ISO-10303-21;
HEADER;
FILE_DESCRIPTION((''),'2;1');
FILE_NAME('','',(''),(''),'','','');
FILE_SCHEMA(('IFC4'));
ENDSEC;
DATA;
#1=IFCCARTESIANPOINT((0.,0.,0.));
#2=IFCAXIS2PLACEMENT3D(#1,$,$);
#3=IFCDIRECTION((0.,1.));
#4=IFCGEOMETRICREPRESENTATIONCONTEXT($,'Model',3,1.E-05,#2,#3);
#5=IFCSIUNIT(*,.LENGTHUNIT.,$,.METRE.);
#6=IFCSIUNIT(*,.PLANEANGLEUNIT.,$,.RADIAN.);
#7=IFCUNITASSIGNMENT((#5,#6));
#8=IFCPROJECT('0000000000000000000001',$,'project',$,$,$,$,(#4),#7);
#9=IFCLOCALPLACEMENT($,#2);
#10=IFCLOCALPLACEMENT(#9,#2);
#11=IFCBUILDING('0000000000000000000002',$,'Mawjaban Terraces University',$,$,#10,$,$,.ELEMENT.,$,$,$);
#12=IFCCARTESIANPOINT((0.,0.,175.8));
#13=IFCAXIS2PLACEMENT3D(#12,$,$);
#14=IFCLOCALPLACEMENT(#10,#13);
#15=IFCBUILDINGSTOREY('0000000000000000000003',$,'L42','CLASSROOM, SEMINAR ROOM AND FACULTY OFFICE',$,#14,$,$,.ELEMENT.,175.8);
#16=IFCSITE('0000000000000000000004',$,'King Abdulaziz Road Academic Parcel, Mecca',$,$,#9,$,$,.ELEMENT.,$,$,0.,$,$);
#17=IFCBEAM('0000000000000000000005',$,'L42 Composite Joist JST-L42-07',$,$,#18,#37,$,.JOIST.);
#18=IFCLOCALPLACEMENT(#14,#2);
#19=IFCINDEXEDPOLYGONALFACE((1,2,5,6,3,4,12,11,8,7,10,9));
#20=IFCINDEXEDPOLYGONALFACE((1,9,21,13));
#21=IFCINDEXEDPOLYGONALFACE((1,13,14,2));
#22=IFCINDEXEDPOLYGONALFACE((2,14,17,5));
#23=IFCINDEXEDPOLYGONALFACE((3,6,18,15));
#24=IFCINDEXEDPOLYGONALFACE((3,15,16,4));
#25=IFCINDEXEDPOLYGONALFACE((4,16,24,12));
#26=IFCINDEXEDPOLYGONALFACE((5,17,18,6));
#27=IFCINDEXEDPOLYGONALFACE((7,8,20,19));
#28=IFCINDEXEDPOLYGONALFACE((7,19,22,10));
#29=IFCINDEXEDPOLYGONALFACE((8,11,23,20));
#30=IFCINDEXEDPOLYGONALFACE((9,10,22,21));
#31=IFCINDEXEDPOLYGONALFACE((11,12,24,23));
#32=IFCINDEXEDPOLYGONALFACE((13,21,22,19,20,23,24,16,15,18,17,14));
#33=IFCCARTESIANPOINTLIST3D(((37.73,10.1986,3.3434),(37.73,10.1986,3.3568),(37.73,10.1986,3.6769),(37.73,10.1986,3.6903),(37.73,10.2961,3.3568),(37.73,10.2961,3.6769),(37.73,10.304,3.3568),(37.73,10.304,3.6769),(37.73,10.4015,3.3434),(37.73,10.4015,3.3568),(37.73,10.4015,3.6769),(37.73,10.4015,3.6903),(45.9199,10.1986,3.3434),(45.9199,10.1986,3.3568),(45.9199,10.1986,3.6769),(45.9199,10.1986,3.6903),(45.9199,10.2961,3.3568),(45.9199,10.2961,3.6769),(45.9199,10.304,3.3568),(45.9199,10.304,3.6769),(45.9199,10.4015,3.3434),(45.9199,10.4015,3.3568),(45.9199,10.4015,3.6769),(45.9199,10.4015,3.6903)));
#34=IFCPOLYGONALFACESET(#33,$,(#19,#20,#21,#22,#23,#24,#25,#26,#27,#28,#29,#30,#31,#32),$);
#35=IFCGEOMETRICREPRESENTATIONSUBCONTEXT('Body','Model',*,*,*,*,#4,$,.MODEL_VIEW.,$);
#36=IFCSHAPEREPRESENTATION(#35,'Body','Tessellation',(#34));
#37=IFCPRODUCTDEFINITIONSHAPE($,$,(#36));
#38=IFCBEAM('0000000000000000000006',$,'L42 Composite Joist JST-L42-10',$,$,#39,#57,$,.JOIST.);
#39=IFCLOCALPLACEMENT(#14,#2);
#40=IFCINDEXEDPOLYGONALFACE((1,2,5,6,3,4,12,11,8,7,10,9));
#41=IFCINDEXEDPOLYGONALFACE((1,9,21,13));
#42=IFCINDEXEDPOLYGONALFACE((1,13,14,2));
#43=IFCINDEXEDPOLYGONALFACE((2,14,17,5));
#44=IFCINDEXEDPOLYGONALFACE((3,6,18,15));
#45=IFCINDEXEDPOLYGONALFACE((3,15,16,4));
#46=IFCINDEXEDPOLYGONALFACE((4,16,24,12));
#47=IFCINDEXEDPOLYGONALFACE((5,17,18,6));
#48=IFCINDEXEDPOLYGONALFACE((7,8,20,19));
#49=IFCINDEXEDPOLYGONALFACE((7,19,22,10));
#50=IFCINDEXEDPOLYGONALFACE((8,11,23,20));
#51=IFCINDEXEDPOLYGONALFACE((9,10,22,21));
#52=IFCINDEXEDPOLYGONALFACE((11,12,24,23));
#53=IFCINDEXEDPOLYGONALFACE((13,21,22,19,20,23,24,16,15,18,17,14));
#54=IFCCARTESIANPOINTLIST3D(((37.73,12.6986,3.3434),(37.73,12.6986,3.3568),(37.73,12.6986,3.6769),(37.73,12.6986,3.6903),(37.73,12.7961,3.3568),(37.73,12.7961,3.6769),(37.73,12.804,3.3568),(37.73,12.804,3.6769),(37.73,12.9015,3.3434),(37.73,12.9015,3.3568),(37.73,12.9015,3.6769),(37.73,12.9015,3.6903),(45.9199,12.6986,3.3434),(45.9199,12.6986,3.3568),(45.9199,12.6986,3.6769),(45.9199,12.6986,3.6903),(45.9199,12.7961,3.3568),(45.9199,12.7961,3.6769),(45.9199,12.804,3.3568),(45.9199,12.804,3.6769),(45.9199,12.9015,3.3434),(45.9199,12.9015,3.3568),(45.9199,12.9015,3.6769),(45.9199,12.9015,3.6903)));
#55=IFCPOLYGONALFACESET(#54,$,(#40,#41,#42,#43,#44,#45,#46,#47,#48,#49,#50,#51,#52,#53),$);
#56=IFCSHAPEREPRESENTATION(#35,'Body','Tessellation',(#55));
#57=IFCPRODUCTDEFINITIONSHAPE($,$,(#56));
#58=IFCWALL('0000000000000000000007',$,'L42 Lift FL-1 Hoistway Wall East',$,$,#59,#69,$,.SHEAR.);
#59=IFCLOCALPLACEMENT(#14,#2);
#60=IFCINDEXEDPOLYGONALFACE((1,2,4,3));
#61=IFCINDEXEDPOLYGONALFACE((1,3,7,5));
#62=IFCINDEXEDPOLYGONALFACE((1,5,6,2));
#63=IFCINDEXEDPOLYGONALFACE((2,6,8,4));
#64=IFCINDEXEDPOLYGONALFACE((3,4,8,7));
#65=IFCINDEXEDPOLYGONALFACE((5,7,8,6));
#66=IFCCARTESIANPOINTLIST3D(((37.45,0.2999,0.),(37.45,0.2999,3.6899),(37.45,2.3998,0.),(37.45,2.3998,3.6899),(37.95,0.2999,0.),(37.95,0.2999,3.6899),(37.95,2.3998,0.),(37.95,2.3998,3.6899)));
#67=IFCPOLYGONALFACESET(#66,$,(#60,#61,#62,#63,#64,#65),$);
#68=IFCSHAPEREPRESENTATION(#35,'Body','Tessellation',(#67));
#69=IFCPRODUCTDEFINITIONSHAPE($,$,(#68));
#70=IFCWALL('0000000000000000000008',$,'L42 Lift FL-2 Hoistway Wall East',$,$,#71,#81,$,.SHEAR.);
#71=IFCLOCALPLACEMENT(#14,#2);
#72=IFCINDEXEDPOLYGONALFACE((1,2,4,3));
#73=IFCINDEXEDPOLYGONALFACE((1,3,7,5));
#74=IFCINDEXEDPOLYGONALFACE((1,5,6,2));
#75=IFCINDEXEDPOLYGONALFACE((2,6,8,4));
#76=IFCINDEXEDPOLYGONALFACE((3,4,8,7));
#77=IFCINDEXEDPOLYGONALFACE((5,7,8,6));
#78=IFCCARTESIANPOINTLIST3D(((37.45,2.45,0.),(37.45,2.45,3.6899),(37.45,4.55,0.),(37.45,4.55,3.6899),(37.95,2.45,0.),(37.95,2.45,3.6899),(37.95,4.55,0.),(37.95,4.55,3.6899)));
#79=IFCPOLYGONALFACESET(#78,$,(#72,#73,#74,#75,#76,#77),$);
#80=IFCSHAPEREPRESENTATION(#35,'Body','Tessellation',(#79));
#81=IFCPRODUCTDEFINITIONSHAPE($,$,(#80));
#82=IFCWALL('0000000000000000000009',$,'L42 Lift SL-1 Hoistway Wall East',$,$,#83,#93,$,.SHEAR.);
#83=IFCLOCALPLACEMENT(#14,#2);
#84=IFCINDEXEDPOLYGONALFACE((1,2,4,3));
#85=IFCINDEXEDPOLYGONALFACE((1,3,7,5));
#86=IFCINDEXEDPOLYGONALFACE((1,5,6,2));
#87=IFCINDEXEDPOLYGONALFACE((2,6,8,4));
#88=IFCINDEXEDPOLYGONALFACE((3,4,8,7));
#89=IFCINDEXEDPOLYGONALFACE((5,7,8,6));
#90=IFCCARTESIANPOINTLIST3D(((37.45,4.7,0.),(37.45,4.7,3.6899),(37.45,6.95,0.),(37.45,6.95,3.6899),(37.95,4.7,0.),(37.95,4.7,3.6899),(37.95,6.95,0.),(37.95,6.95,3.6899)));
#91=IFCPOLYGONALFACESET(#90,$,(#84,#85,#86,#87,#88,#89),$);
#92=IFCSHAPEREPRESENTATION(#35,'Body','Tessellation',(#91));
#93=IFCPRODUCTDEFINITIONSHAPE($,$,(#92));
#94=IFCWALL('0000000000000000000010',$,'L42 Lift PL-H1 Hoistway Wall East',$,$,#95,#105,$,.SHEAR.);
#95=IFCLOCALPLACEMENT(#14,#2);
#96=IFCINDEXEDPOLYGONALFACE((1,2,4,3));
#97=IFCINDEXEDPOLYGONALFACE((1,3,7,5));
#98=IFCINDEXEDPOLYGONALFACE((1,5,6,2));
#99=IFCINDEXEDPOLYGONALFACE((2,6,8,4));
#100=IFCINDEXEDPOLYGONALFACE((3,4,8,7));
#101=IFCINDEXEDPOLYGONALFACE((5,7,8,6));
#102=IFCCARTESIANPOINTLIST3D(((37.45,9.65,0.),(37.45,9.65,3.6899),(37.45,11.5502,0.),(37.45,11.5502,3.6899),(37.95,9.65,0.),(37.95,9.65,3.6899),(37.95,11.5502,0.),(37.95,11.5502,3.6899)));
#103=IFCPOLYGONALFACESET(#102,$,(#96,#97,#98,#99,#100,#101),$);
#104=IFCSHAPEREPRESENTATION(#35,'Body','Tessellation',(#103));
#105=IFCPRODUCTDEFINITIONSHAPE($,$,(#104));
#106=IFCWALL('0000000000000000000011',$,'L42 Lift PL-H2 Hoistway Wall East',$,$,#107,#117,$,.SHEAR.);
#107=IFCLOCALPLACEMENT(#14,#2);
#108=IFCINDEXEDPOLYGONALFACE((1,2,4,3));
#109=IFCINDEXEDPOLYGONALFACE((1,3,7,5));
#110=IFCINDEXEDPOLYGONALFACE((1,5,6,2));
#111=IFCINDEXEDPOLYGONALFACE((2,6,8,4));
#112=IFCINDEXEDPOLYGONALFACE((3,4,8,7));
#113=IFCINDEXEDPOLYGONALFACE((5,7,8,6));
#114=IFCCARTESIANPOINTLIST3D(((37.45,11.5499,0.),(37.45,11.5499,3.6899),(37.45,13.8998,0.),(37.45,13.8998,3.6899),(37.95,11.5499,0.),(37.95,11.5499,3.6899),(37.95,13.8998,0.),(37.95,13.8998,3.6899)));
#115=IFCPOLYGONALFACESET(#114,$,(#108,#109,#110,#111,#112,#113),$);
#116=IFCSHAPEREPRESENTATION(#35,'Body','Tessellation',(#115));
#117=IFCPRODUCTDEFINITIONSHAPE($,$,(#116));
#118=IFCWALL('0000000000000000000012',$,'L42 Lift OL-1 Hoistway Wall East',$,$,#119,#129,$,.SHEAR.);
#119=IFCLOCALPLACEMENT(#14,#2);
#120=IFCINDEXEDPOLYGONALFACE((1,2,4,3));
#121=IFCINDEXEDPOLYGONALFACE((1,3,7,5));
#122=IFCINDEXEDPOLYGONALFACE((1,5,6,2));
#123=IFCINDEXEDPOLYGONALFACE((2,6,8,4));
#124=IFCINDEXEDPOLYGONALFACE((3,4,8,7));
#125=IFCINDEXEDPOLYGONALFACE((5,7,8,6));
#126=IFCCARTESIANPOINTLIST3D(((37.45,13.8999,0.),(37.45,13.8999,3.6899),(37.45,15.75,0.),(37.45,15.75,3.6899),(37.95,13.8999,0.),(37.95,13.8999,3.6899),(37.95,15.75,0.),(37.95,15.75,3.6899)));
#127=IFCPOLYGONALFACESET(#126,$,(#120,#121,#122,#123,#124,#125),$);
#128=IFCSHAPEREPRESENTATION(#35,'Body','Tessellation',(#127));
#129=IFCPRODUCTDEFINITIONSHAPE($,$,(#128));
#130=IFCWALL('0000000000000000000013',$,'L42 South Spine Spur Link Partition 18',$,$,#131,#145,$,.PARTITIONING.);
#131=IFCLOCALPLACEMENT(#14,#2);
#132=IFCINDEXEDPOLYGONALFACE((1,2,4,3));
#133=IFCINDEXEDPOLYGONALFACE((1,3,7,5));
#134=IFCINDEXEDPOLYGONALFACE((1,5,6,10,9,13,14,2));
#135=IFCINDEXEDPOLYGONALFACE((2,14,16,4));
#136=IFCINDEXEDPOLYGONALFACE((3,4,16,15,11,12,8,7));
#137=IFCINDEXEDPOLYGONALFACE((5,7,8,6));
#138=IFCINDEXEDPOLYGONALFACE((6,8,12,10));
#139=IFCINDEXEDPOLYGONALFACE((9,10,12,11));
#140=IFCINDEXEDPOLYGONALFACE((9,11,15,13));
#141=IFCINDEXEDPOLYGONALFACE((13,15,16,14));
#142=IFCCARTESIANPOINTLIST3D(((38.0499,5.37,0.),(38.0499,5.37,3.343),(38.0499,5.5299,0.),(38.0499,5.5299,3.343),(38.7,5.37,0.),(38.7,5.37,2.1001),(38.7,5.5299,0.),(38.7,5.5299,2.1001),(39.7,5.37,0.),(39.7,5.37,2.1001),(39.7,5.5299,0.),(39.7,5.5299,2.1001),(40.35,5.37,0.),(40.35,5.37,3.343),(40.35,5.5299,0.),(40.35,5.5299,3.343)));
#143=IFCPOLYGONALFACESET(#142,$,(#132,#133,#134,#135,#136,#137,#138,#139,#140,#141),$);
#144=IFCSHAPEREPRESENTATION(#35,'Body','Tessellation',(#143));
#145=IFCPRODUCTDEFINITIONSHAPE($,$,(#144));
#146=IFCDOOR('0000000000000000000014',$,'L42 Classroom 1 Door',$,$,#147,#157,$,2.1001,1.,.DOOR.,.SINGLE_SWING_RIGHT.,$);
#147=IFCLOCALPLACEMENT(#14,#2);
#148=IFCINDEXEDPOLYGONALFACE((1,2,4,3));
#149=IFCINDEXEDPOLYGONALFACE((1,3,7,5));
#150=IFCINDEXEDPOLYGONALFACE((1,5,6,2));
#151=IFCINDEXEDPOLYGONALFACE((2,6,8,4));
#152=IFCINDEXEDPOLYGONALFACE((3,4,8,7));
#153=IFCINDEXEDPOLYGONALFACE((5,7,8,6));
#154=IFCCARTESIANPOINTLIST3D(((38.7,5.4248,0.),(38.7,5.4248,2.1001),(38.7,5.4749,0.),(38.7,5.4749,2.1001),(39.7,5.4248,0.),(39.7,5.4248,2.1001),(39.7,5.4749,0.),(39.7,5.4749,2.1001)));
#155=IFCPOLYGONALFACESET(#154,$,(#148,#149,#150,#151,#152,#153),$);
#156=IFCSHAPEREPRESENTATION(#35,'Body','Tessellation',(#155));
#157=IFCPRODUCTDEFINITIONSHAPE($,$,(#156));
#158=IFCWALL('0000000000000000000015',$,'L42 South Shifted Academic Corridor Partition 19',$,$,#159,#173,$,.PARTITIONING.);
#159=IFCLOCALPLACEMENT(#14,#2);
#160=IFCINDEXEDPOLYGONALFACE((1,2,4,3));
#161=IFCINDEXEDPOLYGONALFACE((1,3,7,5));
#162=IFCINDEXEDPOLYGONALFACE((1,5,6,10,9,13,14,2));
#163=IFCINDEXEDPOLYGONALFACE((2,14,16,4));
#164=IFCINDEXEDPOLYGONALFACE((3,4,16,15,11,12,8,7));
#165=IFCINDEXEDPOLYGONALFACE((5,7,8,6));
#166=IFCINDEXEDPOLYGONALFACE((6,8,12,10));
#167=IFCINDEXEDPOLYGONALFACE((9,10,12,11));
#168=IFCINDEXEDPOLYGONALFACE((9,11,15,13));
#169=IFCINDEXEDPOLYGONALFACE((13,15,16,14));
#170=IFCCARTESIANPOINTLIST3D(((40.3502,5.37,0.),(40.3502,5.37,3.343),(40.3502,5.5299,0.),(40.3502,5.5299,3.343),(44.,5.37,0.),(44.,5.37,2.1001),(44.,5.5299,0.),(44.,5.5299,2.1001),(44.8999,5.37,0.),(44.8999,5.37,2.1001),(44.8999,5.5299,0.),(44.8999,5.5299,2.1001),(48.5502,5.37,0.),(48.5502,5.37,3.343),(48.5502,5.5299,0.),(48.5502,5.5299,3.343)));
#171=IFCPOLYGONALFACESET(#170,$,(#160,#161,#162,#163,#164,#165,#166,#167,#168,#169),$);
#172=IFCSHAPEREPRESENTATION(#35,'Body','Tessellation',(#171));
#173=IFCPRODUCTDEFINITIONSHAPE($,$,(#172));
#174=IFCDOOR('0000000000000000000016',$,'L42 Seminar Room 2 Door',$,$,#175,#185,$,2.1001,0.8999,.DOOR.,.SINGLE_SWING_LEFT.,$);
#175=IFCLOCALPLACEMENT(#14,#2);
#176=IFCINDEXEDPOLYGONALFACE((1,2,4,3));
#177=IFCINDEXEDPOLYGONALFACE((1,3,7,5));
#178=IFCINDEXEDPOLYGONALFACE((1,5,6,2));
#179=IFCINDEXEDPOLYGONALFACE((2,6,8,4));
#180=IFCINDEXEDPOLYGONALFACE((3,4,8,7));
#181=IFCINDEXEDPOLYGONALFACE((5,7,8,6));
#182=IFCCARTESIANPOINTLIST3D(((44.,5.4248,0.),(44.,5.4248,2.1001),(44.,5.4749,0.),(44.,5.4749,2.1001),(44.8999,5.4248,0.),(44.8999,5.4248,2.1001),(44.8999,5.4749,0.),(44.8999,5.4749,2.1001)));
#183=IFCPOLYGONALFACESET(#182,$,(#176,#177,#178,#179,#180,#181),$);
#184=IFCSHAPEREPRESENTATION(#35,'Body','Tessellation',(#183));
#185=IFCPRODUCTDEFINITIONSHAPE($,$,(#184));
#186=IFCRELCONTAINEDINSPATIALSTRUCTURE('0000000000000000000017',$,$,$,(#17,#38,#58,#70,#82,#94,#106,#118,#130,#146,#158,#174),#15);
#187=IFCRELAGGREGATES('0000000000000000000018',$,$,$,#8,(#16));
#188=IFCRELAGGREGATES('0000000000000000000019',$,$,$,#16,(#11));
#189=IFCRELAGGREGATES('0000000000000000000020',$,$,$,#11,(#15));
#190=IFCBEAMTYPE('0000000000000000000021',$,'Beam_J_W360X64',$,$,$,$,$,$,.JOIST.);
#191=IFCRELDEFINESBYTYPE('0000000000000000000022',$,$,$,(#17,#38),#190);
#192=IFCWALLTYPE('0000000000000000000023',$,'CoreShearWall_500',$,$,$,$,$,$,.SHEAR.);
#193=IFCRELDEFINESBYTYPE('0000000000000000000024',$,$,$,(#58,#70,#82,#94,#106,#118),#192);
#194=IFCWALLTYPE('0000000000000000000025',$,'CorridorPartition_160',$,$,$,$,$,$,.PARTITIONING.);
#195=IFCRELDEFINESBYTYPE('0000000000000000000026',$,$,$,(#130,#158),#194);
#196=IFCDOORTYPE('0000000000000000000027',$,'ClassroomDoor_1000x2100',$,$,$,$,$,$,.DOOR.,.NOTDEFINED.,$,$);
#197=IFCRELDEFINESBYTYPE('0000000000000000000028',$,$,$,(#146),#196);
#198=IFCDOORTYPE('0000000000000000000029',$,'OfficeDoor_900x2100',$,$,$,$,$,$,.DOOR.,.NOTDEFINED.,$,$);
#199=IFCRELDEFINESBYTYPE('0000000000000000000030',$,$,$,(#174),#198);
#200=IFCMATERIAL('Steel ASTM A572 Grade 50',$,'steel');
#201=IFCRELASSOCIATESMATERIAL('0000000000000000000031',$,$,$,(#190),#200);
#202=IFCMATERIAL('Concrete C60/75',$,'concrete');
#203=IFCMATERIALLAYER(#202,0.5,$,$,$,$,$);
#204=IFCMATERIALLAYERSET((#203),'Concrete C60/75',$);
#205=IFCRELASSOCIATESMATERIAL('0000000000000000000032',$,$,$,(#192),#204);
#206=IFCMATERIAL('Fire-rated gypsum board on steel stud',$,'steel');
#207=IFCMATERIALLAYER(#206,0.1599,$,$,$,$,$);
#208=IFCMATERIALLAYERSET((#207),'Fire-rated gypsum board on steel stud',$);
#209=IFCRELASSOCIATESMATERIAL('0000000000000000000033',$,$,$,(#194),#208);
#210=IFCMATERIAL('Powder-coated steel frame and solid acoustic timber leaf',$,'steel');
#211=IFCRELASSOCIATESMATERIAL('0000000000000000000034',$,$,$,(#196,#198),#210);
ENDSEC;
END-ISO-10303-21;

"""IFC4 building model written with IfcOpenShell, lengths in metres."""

from ifc_helpers import new_model, si_unit, direction, frame, frame_2d, origin, origin_2d, place, context, subcontext, project, spatial, rectangle, i_section, extrude, material, layer, layer_set, material_profile, profile_set, type_object, element, fill, save


model = new_model("IFC4")

# Units and contexts
model_context = context("Model", 3, precision=1e-05, world=origin(), true_north=direction((0.0, 1.0)))
body_context = subcontext(model_context, "Body", "Model", "MODEL_VIEW")
ifc_project = project(units=[si_unit("LENGTHUNIT", "METRE"), si_unit("PLANEANGLEUNIT", "RADIAN")], contexts=[model_context])

# Site, building, storey
site_placement = place(None, origin())
site = spatial("IfcSite", under=ifc_project, at=site_placement, Name="King Abdulaziz Road Academic Parcel, Mecca", CompositionType="ELEMENT", RefElevation=0.0)
building_placement = place(site_placement, origin())
building = spatial("IfcBuilding", under=site, at=building_placement, Name="Mawjaban Terraces University", CompositionType="ELEMENT")
storey_placement = place(building_placement, frame((0.0, 0.0, 175.8)))
storey = spatial("IfcBuildingStorey", under=building, at=storey_placement, Name="L42", Description="CLASSROOM, SEMINAR ROOM AND FACULTY OFFICE", CompositionType="ELEMENT", Elevation=175.8)

# Shared definitions
ifc_material_1 = material(Name="Concrete C60/75", Category="concrete")

# Beams
ifc_material_2 = material(Name="Steel ASTM A572 Grade 50", Category="steel")
ifc_material_profile_1 = material_profile(ifc_material_2, i_section(OverallWidth=0.2029, OverallDepth=0.3469, WebThickness=0.0078, FlangeThickness=0.0134, at=origin_2d()), Name="W360X64")
ifc_profile_set_1 = profile_set([ifc_material_profile_1], Name="Steel ASTM A572 Grade 50")
beam_type_1 = type_object("IfcBeamType", Name="Beam_J_W360X64", PredefinedType="JOIST", material=ifc_profile_set_1)
for number, where, z_axis, x_axis, name in (
    (1, (37.73, 10.3, 3.5168), (1.0, 0.0, 0.0), (0.0, 1.0, 0.0), "L42 Composite Joist JST-L42-07"),
    (2, (37.73, 12.8, 3.5168), (1.0, 0.0, 0.0), (0.0, 1.0, 0.0), "L42 Composite Joist JST-L42-10"),
):
    element("IfcBeam", number, at=place(storey_placement, frame(where, z_axis=z_axis, x_axis=x_axis)), inside=storey, type_object=beam_type_1, Name=name, PredefinedType="JOIST", context=body_context, shape_type="SweptSolid", body=[
        extrude(i_section(OverallWidth=0.2029, OverallDepth=0.3469, WebThickness=0.0078, FlangeThickness=0.0134, at=origin_2d()), origin(), (0.0, 0.0, 1.0), 8.1899),
    ])

# Walls
ifc_layer_1 = layer(ifc_material_1, 0.5)
ifc_layer_set_1 = layer_set([ifc_layer_1], Name="Concrete C60/75")
wall_type_1 = type_object("IfcWallType", Name="CoreShearWall_500", PredefinedType="SHEAR", material=ifc_layer_set_1)
wall_1_placement = place(storey_placement, frame((37.7, 0.3, 0.0), z_axis=(0.0, 0.0, 1.0), x_axis=(0.0, 1.0, 0.0)))
element("IfcWall", 3, at=wall_1_placement, inside=storey, type_object=wall_type_1, Name="L42 Lift FL-1 Hoistway Wall East", PredefinedType="SHEAR", context=body_context, shape_type="SweptSolid", body=[
    extrude(rectangle(XDim=2.0999, YDim=0.5, at=frame_2d((1.0498, 0.0))), origin(), (0.0, 0.0, 1.0), 3.6899),
])
wall_2_placement = place(storey_placement, frame((37.7, 2.45, 0.0), z_axis=(0.0, 0.0, 1.0), x_axis=(0.0, 1.0, 0.0)))
element("IfcWall", 4, at=wall_2_placement, inside=storey, type_object=wall_type_1, Name="L42 Lift FL-2 Hoistway Wall East", PredefinedType="SHEAR", context=body_context, shape_type="SweptSolid", body=[
    extrude(rectangle(XDim=2.1001, YDim=0.5, at=frame_2d((1.05, 0.0))), origin(), (0.0, 0.0, 1.0), 3.6899),
])
wall_3_placement = place(storey_placement, frame((37.7, 4.7, 0.0), z_axis=(0.0, 0.0, 1.0), x_axis=(0.0, 1.0, 0.0)))
element("IfcWall", 5, at=wall_3_placement, inside=storey, type_object=wall_type_1, Name="L42 Lift SL-1 Hoistway Wall East", PredefinedType="SHEAR", context=body_context, shape_type="SweptSolid", body=[
    extrude(rectangle(XDim=2.25, YDim=0.5, at=frame_2d((1.125, 0.0))), origin(), (0.0, 0.0, 1.0), 3.6899),
])
wall_4_placement = place(storey_placement, frame((37.7, 9.6499, 0.0), z_axis=(0.0, 0.0, 1.0), x_axis=(0.0, 1.0, 0.0)))
element("IfcWall", 6, at=wall_4_placement, inside=storey, type_object=wall_type_1, Name="L42 Lift PL-H1 Hoistway Wall East", PredefinedType="SHEAR", context=body_context, shape_type="SweptSolid", body=[
    extrude(rectangle(XDim=1.9001, YDim=0.5, at=frame_2d((0.9502, 0.0))), origin(), (0.0, 0.0, 1.0), 3.6899),
])
wall_5_placement = place(storey_placement, frame((37.7, 11.55, 0.0), z_axis=(0.0, 0.0, 1.0), x_axis=(0.0, 1.0, 0.0)))
element("IfcWall", 7, at=wall_5_placement, inside=storey, type_object=wall_type_1, Name="L42 Lift PL-H2 Hoistway Wall East", PredefinedType="SHEAR", context=body_context, shape_type="SweptSolid", body=[
    extrude(rectangle(XDim=2.3499, YDim=0.5, at=frame_2d((1.1748, 0.0))), origin(), (0.0, 0.0, 1.0), 3.6899),
])
wall_6_placement = place(storey_placement, frame((37.7, 13.8999, 0.0), z_axis=(0.0, 0.0, 1.0), x_axis=(0.0, 1.0, 0.0)))
element("IfcWall", 8, at=wall_6_placement, inside=storey, type_object=wall_type_1, Name="L42 Lift OL-1 Hoistway Wall East", PredefinedType="SHEAR", context=body_context, shape_type="SweptSolid", body=[
    extrude(rectangle(XDim=1.8501, YDim=0.5, at=frame_2d((0.925, 0.0))), origin(), (0.0, 0.0, 1.0), 3.6899),
])

# Walls, openings, doors
ifc_material_3 = material(Name="Fire-rated gypsum board on steel stud", Category="steel")
ifc_layer_2 = layer(ifc_material_3, 0.1599)
ifc_layer_set_2 = layer_set([ifc_layer_2], Name="Fire-rated gypsum board on steel stud")
wall_type_2 = type_object("IfcWallType", Name="CorridorPartition_160", PredefinedType="PARTITIONING", material=ifc_layer_set_2)
wall_7_placement = place(storey_placement, frame((38.05, 5.45, 0.0), z_axis=(0.0, 0.0, 1.0), x_axis=(1.0, 0.0, 0.0)))
wall_7 = element("IfcWall", 9, at=wall_7_placement, inside=storey, type_object=wall_type_2, Name="L42 South Spine Spur Link Partition 18", PredefinedType="PARTITIONING", context=body_context, shape_type="SweptSolid", body=[
    extrude(rectangle(XDim=2.3, YDim=0.1599, at=frame_2d((1.1499, 0.0))), origin(), (0.0, 0.0, 1.0), 3.343),
])
opening_1_placement = place(wall_7_placement, frame((0.6499, 0.0, 0.0)))
opening_1 = element("IfcOpeningElement", 10, at=opening_1_placement, cuts=wall_7, PredefinedType="OPENING", context=body_context, shape_type="SweptSolid", body=[
    extrude(rectangle(XDim=1.0, YDim=2.1001, at=frame_2d((0.5, 1.05))), frame((0.0, 0.0898, 0.0), z_axis=(0.0, -1.0, 0.0), x_axis=(1.0, 0.0, 0.0)), (0.0, 0.0, 1.0), 0.1799),
])
ifc_material_4 = material(Name="Powder-coated steel frame and solid acoustic timber leaf", Category="steel")
door_type_1 = type_object("IfcDoorType", Name="ClassroomDoor_1000x2100", OperationType="NOTDEFINED", PredefinedType="DOOR", material=ifc_material_4)
door_1_placement = place(opening_1_placement, origin())
door_1 = element("IfcDoor", 11, at=door_1_placement, inside=storey, type_object=door_type_1, Name="L42 Classroom 1 Door", OperationType="SINGLE_SWING_RIGHT", OverallHeight=2.1001, OverallWidth=1.0, PredefinedType="DOOR", context=body_context, shape_type="SweptSolid", body=[
    extrude(rectangle(XDim=1.0, YDim=2.1001, at=frame_2d((0.5, 1.05))), frame((0.0, 0.0249, 0.0), z_axis=(0.0, -1.0, 0.0), x_axis=(1.0, 0.0, 0.0)), (0.0, 0.0, 1.0), 0.05),
])
fill(opening_1, door_1)
wall_8_placement = place(storey_placement, frame((40.3501, 5.45, 0.0), z_axis=(0.0, 0.0, 1.0), x_axis=(1.0, 0.0, 0.0)))
wall_8 = element("IfcWall", 12, at=wall_8_placement, inside=storey, type_object=wall_type_2, Name="L42 South Shifted Academic Corridor Partition 19", PredefinedType="PARTITIONING", context=body_context, shape_type="SweptSolid", body=[
    extrude(rectangle(XDim=8.2, YDim=0.1599, at=frame_2d((4.1001, 0.0))), origin(), (0.0, 0.0, 1.0), 3.343),
])
opening_2_placement = place(wall_8_placement, frame((3.6499, 0.0, 0.0)))
opening_2 = element("IfcOpeningElement", 13, at=opening_2_placement, cuts=wall_8, PredefinedType="OPENING", context=body_context, shape_type="SweptSolid", body=[
    extrude(rectangle(XDim=0.8999, YDim=2.1001, at=frame_2d((0.45, 1.05))), frame((0.0, 0.0898, 0.0), z_axis=(0.0, -1.0, 0.0), x_axis=(1.0, 0.0, 0.0)), (0.0, 0.0, 1.0), 0.1799),
])
door_type_2 = type_object("IfcDoorType", Name="OfficeDoor_900x2100", OperationType="NOTDEFINED", PredefinedType="DOOR", material=ifc_material_4)
door_2_placement = place(opening_2_placement, origin())
door_2 = element("IfcDoor", 14, at=door_2_placement, inside=storey, type_object=door_type_2, Name="L42 Seminar Room 2 Door", OperationType="SINGLE_SWING_LEFT", OverallHeight=2.1001, OverallWidth=0.8999, PredefinedType="DOOR", context=body_context, shape_type="SweptSolid", body=[
    extrude(rectangle(XDim=0.8999, YDim=2.1001, at=frame_2d((0.45, 1.05))), frame((0.0, 0.0249, 0.0), z_axis=(0.0, -1.0, 0.0), x_axis=(1.0, 0.0, 0.0)), (0.0, 0.0, 1.0), 0.05),
])
fill(opening_2, door_2)

save(model, "model.ifc")
